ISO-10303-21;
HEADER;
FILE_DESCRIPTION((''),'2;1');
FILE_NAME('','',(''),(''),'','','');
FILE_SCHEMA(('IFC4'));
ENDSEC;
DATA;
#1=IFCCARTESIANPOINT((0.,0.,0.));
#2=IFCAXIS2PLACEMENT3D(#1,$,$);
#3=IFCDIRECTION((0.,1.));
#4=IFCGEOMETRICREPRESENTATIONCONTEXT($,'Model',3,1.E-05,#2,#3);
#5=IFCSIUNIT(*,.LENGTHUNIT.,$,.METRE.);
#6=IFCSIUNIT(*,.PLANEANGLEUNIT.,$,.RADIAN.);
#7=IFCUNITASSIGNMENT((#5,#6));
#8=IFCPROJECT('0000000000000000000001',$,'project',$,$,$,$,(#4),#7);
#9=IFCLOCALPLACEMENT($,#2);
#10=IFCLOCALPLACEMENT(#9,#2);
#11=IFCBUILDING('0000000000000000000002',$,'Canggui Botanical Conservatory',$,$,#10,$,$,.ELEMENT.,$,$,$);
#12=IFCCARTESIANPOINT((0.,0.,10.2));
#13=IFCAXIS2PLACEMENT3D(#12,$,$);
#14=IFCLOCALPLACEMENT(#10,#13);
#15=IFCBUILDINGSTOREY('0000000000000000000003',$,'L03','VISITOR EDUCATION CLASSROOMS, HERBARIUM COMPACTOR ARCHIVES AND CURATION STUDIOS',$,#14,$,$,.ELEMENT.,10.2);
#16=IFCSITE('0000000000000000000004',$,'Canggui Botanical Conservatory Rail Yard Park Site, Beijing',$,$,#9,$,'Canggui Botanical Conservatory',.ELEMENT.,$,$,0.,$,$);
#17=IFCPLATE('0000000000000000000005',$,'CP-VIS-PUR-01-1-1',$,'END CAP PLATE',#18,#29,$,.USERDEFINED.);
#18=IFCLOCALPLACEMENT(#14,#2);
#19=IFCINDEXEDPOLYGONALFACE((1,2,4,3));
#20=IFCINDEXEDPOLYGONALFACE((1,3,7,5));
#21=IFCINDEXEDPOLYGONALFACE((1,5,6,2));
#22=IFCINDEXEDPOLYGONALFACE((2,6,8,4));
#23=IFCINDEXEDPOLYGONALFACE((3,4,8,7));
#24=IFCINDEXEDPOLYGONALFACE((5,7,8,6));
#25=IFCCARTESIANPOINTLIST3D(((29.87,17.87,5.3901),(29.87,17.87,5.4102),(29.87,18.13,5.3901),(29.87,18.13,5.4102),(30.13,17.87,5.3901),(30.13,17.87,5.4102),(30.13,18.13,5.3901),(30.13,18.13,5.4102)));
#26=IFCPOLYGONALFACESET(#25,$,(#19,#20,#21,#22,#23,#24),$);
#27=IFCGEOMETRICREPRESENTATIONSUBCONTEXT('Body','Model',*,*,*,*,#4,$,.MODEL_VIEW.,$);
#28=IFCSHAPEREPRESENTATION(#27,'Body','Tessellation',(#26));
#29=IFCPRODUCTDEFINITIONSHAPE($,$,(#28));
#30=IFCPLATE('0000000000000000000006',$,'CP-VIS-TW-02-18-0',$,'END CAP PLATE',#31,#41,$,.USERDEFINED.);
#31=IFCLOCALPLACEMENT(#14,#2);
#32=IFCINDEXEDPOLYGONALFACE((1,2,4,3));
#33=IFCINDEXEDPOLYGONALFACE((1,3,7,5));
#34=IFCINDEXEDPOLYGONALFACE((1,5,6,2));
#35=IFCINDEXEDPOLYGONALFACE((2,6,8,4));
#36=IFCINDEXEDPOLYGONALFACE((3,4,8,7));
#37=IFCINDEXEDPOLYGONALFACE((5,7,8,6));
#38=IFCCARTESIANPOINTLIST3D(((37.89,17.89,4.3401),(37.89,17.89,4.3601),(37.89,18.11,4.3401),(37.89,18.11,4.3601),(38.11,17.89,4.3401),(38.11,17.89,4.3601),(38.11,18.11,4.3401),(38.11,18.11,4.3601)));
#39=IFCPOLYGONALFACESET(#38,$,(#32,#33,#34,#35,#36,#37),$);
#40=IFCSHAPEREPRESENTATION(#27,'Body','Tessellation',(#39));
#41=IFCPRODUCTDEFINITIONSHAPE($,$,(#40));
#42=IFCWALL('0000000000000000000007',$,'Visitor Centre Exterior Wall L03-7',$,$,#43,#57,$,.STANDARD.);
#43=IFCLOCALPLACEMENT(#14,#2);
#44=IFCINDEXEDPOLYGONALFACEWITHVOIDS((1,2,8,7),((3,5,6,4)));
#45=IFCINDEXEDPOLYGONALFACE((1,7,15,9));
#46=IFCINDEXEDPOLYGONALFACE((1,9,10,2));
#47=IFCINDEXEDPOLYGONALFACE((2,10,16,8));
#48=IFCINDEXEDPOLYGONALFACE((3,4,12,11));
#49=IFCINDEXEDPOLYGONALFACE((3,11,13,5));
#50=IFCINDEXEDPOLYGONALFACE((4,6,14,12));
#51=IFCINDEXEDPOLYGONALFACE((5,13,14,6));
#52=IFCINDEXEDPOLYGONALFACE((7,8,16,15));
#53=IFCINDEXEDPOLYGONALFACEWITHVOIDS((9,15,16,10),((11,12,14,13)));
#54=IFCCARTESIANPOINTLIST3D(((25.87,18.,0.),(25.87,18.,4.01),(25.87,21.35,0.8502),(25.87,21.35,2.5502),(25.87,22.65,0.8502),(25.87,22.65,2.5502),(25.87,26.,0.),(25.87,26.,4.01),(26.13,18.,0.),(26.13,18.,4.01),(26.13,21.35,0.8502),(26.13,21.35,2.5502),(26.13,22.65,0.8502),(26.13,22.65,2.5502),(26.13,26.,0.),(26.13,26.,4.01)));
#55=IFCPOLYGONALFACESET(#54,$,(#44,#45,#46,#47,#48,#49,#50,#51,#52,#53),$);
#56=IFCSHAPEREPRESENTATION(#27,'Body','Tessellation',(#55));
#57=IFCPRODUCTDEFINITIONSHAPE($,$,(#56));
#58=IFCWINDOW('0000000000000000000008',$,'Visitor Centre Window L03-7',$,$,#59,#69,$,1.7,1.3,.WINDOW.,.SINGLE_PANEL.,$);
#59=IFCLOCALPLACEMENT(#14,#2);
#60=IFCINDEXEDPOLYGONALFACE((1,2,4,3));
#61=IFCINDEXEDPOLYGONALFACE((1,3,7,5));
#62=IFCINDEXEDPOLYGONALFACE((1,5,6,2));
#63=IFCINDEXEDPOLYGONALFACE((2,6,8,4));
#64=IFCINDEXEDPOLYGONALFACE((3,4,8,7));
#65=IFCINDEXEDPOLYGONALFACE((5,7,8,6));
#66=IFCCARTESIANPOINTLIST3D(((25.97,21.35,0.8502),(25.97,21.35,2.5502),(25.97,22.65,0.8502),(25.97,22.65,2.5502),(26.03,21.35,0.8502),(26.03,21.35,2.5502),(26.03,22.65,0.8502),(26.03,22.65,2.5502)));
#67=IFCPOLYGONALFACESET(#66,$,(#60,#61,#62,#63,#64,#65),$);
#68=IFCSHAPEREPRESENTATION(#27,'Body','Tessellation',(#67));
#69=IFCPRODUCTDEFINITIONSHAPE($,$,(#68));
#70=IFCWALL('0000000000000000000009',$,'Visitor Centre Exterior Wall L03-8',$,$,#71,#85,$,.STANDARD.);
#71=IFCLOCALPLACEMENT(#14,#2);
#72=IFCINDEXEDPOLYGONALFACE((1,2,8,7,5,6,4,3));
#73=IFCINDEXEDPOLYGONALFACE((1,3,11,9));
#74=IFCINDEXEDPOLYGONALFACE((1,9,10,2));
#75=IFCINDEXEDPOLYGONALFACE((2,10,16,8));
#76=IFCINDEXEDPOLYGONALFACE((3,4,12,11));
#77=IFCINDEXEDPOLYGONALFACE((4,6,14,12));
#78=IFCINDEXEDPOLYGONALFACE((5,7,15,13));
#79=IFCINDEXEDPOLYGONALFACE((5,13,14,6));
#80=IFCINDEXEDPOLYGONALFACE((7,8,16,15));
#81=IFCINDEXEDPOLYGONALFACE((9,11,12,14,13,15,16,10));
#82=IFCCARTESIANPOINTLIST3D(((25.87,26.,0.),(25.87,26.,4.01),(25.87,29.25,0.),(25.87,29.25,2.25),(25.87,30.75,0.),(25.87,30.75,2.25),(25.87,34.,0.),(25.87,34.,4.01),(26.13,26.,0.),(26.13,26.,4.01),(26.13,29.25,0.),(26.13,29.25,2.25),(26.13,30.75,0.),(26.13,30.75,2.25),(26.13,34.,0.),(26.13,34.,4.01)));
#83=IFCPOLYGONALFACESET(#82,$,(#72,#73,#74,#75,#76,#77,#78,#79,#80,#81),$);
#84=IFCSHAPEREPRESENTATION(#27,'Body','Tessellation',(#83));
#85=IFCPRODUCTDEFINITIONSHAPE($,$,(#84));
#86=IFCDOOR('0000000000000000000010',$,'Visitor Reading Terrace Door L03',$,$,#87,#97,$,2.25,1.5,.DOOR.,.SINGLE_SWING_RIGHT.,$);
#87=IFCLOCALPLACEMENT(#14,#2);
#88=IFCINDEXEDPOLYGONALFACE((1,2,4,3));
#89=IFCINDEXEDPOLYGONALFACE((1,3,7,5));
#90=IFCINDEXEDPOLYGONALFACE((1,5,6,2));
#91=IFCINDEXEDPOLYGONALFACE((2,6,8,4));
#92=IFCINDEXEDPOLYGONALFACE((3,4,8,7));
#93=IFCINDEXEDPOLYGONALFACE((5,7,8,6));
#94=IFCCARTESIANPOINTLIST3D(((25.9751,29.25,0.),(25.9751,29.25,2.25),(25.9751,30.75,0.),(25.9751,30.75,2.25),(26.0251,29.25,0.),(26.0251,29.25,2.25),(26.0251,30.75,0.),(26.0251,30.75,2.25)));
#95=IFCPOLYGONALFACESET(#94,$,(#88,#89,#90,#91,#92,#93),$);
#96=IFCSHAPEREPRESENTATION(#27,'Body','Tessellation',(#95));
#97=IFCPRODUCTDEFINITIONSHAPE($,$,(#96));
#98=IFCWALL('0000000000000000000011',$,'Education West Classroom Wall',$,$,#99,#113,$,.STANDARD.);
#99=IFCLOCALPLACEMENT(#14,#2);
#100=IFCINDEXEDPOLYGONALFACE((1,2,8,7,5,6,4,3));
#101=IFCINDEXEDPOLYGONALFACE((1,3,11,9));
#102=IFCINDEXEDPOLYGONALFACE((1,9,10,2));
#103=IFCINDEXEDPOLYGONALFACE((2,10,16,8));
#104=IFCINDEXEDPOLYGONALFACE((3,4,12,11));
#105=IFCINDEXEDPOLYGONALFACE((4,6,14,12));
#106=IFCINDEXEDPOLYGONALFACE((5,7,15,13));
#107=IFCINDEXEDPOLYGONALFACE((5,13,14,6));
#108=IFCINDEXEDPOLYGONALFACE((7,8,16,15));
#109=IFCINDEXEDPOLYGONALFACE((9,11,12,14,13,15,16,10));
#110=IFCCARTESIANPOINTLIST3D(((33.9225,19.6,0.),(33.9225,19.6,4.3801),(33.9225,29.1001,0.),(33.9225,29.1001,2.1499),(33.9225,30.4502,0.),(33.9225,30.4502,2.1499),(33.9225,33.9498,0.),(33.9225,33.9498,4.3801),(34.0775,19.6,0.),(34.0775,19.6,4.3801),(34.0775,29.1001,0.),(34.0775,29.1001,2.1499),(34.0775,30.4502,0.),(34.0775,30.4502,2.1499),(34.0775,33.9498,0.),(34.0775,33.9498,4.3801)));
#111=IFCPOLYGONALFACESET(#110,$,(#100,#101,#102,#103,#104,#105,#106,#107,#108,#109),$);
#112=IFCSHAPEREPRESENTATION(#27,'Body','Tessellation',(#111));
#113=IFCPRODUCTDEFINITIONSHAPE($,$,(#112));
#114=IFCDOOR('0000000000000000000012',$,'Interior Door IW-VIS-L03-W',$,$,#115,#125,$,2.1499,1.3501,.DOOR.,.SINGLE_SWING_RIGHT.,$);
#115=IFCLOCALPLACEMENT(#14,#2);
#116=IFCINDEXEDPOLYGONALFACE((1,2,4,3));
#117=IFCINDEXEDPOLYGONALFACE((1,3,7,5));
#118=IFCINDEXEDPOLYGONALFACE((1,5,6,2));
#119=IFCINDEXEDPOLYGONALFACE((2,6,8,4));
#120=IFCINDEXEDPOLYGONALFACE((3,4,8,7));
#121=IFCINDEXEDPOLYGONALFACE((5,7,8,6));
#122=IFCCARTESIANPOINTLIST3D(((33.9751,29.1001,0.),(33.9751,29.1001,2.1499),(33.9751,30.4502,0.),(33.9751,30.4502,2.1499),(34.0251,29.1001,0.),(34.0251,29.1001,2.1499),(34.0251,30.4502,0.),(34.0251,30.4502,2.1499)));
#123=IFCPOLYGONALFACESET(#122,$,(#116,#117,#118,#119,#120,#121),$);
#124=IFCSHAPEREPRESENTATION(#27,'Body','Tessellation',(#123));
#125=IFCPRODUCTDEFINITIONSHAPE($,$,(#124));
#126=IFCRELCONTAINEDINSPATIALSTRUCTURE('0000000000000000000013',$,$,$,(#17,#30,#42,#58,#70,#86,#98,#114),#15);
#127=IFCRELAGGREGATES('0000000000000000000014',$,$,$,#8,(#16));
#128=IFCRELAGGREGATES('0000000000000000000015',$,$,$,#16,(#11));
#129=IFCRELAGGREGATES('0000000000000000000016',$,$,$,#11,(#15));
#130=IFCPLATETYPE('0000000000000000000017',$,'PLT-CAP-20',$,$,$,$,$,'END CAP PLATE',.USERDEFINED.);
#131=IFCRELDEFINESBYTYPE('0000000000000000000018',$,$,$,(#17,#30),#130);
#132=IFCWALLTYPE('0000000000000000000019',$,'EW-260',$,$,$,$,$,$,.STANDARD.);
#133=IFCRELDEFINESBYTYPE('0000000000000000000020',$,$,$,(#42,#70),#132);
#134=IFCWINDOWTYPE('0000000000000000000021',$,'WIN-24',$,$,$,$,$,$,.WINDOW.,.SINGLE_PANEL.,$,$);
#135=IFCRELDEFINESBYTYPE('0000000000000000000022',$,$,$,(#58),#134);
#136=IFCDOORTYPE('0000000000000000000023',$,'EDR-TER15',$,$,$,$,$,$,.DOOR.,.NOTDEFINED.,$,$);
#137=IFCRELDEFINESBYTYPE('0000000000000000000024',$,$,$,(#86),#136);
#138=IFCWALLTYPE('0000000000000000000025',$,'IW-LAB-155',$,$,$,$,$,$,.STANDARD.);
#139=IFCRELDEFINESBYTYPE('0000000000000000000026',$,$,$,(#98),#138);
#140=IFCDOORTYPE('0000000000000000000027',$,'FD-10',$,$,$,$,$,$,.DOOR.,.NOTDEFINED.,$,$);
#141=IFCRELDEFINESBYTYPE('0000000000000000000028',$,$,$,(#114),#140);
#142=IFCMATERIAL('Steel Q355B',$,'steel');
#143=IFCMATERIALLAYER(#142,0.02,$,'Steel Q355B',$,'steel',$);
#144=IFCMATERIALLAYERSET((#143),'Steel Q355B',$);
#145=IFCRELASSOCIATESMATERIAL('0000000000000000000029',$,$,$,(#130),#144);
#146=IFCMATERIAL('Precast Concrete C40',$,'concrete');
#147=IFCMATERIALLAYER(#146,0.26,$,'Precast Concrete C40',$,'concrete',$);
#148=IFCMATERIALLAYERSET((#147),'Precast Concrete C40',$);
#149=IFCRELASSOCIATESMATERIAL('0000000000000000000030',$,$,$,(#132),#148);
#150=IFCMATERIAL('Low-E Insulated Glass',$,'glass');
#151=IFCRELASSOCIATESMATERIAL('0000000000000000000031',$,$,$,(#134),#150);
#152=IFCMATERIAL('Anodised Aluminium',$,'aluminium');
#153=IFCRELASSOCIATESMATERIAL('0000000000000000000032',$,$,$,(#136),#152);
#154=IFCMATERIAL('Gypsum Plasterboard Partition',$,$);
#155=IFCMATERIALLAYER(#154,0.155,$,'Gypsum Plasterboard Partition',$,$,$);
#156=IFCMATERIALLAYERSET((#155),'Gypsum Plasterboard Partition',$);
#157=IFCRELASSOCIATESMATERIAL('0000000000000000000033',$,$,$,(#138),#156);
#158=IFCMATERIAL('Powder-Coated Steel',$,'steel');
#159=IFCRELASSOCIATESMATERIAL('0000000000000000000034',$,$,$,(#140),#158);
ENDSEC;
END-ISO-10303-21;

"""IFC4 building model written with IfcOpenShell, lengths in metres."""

from ifc_helpers import new_model, si_unit, direction, frame, frame_2d, origin, origin_2d, place, context, subcontext, project, spatial, rectangle, extrude, material, layer, layer_set, type_object, element, fill, save


model = new_model("IFC4")

# Units and contexts
model_context = context("Model", 3, precision=1e-05, world=origin(), true_north=direction((0.0, 1.0)))
body_context = subcontext(model_context, "Body", "Model", "MODEL_VIEW")
ifc_project = project(units=[si_unit("LENGTHUNIT", "METRE"), si_unit("PLANEANGLEUNIT", "RADIAN")], contexts=[model_context])

# Site, building, storey
site_placement = place(None, origin())
site = spatial("IfcSite", under=ifc_project, at=site_placement, Name="Canggui Botanical Conservatory Rail Yard Park Site, Beijing", LongName="Canggui Botanical Conservatory", CompositionType="ELEMENT", RefElevation=0.0)
building_placement = place(site_placement, origin())
building = spatial("IfcBuilding", under=site, at=building_placement, Name="Canggui Botanical Conservatory", CompositionType="ELEMENT")
storey_placement = place(building_placement, frame((0.0, 0.0, 10.2)))
storey = spatial("IfcBuildingStorey", under=building, at=storey_placement, Name="L03", Description="VISITOR EDUCATION CLASSROOMS, HERBARIUM COMPACTOR ARCHIVES AND CURATION STUDIOS", CompositionType="ELEMENT", Elevation=10.2)

# Shared definitions
ifc_material_1 = material(Name="Steel Q355B", Category="steel")

# Plates
ifc_layer_1 = layer(ifc_material_1, 0.02, Name="Steel Q355B", Category="steel")
ifc_layer_set_1 = layer_set([ifc_layer_1], Name="Steel Q355B")
plate_type = type_object("IfcPlateType", Name="PLT-CAP-20", ElementType="END CAP PLATE", PredefinedType="USERDEFINED", material=ifc_layer_set_1)
plate_1_placement = place(storey_placement, frame((30.0, 18.0, 5.3901), z_axis=(0.0, 0.0, 1.0), x_axis=(1.0, 0.0, 0.0)))
element("IfcPlate", 1, at=plate_1_placement, inside=storey, type_object=plate_type, Name="CP-VIS-PUR-01-1-1", ObjectType="END CAP PLATE", PredefinedType="USERDEFINED", context=body_context, shape_type="SweptSolid", body=[
    extrude(rectangle(XDim=0.26, YDim=0.26, at=origin_2d()), origin(), (0.0, 0.0, 1.0), 0.02),
])
plate_2_placement = place(storey_placement, frame((38.0, 18.0, 4.3401), z_axis=(0.0, 0.0, 1.0), x_axis=(1.0, 0.0, 0.0)))
element("IfcPlate", 2, at=plate_2_placement, inside=storey, type_object=plate_type, Name="CP-VIS-TW-02-18-0", ObjectType="END CAP PLATE", PredefinedType="USERDEFINED", context=body_context, shape_type="SweptSolid", body=[
    extrude(rectangle(XDim=0.22, YDim=0.22, at=origin_2d()), origin(), (0.0, 0.0, 1.0), 0.02),
])

# Wall, opening, window
ifc_material_2 = material(Name="Precast Concrete C40", Category="concrete")
ifc_layer_2 = layer(ifc_material_2, 0.26, Name="Precast Concrete C40", Category="concrete")
ifc_layer_set_2 = layer_set([ifc_layer_2], Name="Precast Concrete C40")
wall_type_1 = type_object("IfcWallType", Name="EW-260", PredefinedType="STANDARD", material=ifc_layer_set_2)
wall_1_placement = place(storey_placement, frame((26.0, 18.0, 0.0), z_axis=(0.0, 0.0, 1.0), x_axis=(0.0, 1.0, 0.0)))
wall_1 = element("IfcWall", 3, at=wall_1_placement, inside=storey, type_object=wall_type_1, Name="Visitor Centre Exterior Wall L03-7", PredefinedType="STANDARD", context=body_context, shape_type="SweptSolid", body=[
    extrude(rectangle(XDim=8.0, YDim=0.26, at=frame_2d((4.0, 0.0))), origin(), (0.0, 0.0, 1.0), 4.01),
])
opening_1_placement = place(wall_1_placement, frame((3.3501, 0.0, 0.8501)))
opening_1 = element("IfcOpeningElement", 4, at=opening_1_placement, cuts=wall_1, PredefinedType="OPENING", context=body_context, shape_type="SweptSolid", body=[
    extrude(rectangle(XDim=1.3, YDim=1.7, at=frame_2d((0.6499, 0.8501))), frame((0.0, 0.1401, 0.0), z_axis=(0.0, -1.0, 0.0), x_axis=(1.0, 0.0, 0.0)), (0.0, 0.0, 1.0), 0.28),
])
ifc_material_3 = material(Name="Low-E Insulated Glass", Category="glass")
window_type = type_object("IfcWindowType", Name="WIN-24", PartitioningType="SINGLE_PANEL", PredefinedType="WINDOW", material=ifc_material_3)
window_placement = place(opening_1_placement, origin())
window = element("IfcWindow", 5, at=window_placement, inside=storey, type_object=window_type, Name="Visitor Centre Window L03-7", OverallHeight=1.7, OverallWidth=1.3, PartitioningType="SINGLE_PANEL", PredefinedType="WINDOW", context=body_context, shape_type="SweptSolid", body=[
    extrude(rectangle(XDim=1.3, YDim=1.7, at=frame_2d((0.6499, 0.8501))), frame((0.0, 0.03, 0.0), z_axis=(0.0, -1.0, 0.0), x_axis=(1.0, 0.0, 0.0)), (0.0, 0.0, 1.0), 0.0601),
])
fill(opening_1, window)

# Walls, openings, doors
wall_2_placement = place(storey_placement, frame((26.0, 26.0, 0.0), z_axis=(0.0, 0.0, 1.0), x_axis=(0.0, 1.0, 0.0)))
wall_2 = element("IfcWall", 6, at=wall_2_placement, inside=storey, type_object=wall_type_1, Name="Visitor Centre Exterior Wall L03-8", PredefinedType="STANDARD", context=body_context, shape_type="SweptSolid", body=[
    extrude(rectangle(XDim=8.0, YDim=0.26, at=frame_2d((4.0, 0.0))), origin(), (0.0, 0.0, 1.0), 4.01),
])
opening_2_placement = place(wall_2_placement, frame((3.25, 0.0, 0.0)))
opening_2 = element("IfcOpeningElement", 7, at=opening_2_placement, cuts=wall_2, PredefinedType="OPENING", context=body_context, shape_type="SweptSolid", body=[
    extrude(rectangle(XDim=1.5, YDim=2.25, at=frame_2d((0.75, 1.125))), frame((0.0, 0.1401, 0.0), z_axis=(0.0, -1.0, 0.0), x_axis=(1.0, 0.0, 0.0)), (0.0, 0.0, 1.0), 0.28),
])
ifc_material_4 = material(Name="Anodised Aluminium", Category="aluminium")
door_type_1 = type_object("IfcDoorType", Name="EDR-TER15", OperationType="NOTDEFINED", PredefinedType="DOOR", material=ifc_material_4)
door_1_placement = place(opening_2_placement, origin())
door_1 = element("IfcDoor", 8, at=door_1_placement, inside=storey, type_object=door_type_1, Name="Visitor Reading Terrace Door L03", OperationType="SINGLE_SWING_RIGHT", OverallHeight=2.25, OverallWidth=1.5, PredefinedType="DOOR", context=body_context, shape_type="SweptSolid", body=[
    extrude(rectangle(XDim=1.5, YDim=2.25, at=frame_2d((0.75, 1.125))), frame((0.0, 0.0249, 0.0), z_axis=(0.0, -1.0, 0.0), x_axis=(1.0, 0.0, 0.0)), (0.0, 0.0, 1.0), 0.05),
])
fill(opening_2, door_1)
ifc_material_5 = material(Name="Gypsum Plasterboard Partition")
ifc_layer_3 = layer(ifc_material_5, 0.155, Name="Gypsum Plasterboard Partition")
ifc_layer_set_3 = layer_set([ifc_layer_3], Name="Gypsum Plasterboard Partition")
wall_type_2 = type_object("IfcWallType", Name="IW-LAB-155", PredefinedType="STANDARD", material=ifc_layer_set_3)
wall_3_placement = place(storey_placement, frame((34.0, 19.6001, 0.0), z_axis=(0.0, 0.0, 1.0), x_axis=(0.0, 1.0, 0.0)))
wall_3 = element("IfcWall", 9, at=wall_3_placement, inside=storey, type_object=wall_type_2, Name="Education West Classroom Wall", PredefinedType="STANDARD", context=body_context, shape_type="SweptSolid", body=[
    extrude(rectangle(XDim=14.3499, YDim=0.155, at=frame_2d((7.1748, 0.0))), origin(), (0.0, 0.0, 1.0), 4.3801),
])
opening_3_placement = place(wall_3_placement, frame((9.5, 0.0, 0.0)))
opening_3 = element("IfcOpeningElement", 10, at=opening_3_placement, cuts=wall_3, PredefinedType="OPENING", context=body_context, shape_type="SweptSolid", body=[
    extrude(rectangle(XDim=1.3501, YDim=2.1499, at=frame_2d((0.675, 1.075))), frame((0.0, 0.0874, 0.0), z_axis=(0.0, -1.0, 0.0), x_axis=(1.0, 0.0, 0.0)), (0.0, 0.0, 1.0), 0.175),
])
ifc_material_6 = material(Name="Powder-Coated Steel", Category="steel")
door_type_2 = type_object("IfcDoorType", Name="FD-10", OperationType="NOTDEFINED", PredefinedType="DOOR", material=ifc_material_6)
door_2_placement = place(opening_3_placement, origin())
door_2 = element("IfcDoor", 11, at=door_2_placement, inside=storey, type_object=door_type_2, Name="Interior Door IW-VIS-L03-W", OperationType="SINGLE_SWING_RIGHT", OverallHeight=2.1499, OverallWidth=1.3501, PredefinedType="DOOR", context=body_context, shape_type="SweptSolid", body=[
    extrude(rectangle(XDim=1.3501, YDim=2.1499, at=frame_2d((0.675, 1.075))), frame((0.0, 0.0249, 0.0), z_axis=(0.0, -1.0, 0.0), x_axis=(1.0, 0.0, 0.0)), (0.0, 0.0, 1.0), 0.05),
])
fill(opening_3, door_2)

save(model, "model.ifc")
